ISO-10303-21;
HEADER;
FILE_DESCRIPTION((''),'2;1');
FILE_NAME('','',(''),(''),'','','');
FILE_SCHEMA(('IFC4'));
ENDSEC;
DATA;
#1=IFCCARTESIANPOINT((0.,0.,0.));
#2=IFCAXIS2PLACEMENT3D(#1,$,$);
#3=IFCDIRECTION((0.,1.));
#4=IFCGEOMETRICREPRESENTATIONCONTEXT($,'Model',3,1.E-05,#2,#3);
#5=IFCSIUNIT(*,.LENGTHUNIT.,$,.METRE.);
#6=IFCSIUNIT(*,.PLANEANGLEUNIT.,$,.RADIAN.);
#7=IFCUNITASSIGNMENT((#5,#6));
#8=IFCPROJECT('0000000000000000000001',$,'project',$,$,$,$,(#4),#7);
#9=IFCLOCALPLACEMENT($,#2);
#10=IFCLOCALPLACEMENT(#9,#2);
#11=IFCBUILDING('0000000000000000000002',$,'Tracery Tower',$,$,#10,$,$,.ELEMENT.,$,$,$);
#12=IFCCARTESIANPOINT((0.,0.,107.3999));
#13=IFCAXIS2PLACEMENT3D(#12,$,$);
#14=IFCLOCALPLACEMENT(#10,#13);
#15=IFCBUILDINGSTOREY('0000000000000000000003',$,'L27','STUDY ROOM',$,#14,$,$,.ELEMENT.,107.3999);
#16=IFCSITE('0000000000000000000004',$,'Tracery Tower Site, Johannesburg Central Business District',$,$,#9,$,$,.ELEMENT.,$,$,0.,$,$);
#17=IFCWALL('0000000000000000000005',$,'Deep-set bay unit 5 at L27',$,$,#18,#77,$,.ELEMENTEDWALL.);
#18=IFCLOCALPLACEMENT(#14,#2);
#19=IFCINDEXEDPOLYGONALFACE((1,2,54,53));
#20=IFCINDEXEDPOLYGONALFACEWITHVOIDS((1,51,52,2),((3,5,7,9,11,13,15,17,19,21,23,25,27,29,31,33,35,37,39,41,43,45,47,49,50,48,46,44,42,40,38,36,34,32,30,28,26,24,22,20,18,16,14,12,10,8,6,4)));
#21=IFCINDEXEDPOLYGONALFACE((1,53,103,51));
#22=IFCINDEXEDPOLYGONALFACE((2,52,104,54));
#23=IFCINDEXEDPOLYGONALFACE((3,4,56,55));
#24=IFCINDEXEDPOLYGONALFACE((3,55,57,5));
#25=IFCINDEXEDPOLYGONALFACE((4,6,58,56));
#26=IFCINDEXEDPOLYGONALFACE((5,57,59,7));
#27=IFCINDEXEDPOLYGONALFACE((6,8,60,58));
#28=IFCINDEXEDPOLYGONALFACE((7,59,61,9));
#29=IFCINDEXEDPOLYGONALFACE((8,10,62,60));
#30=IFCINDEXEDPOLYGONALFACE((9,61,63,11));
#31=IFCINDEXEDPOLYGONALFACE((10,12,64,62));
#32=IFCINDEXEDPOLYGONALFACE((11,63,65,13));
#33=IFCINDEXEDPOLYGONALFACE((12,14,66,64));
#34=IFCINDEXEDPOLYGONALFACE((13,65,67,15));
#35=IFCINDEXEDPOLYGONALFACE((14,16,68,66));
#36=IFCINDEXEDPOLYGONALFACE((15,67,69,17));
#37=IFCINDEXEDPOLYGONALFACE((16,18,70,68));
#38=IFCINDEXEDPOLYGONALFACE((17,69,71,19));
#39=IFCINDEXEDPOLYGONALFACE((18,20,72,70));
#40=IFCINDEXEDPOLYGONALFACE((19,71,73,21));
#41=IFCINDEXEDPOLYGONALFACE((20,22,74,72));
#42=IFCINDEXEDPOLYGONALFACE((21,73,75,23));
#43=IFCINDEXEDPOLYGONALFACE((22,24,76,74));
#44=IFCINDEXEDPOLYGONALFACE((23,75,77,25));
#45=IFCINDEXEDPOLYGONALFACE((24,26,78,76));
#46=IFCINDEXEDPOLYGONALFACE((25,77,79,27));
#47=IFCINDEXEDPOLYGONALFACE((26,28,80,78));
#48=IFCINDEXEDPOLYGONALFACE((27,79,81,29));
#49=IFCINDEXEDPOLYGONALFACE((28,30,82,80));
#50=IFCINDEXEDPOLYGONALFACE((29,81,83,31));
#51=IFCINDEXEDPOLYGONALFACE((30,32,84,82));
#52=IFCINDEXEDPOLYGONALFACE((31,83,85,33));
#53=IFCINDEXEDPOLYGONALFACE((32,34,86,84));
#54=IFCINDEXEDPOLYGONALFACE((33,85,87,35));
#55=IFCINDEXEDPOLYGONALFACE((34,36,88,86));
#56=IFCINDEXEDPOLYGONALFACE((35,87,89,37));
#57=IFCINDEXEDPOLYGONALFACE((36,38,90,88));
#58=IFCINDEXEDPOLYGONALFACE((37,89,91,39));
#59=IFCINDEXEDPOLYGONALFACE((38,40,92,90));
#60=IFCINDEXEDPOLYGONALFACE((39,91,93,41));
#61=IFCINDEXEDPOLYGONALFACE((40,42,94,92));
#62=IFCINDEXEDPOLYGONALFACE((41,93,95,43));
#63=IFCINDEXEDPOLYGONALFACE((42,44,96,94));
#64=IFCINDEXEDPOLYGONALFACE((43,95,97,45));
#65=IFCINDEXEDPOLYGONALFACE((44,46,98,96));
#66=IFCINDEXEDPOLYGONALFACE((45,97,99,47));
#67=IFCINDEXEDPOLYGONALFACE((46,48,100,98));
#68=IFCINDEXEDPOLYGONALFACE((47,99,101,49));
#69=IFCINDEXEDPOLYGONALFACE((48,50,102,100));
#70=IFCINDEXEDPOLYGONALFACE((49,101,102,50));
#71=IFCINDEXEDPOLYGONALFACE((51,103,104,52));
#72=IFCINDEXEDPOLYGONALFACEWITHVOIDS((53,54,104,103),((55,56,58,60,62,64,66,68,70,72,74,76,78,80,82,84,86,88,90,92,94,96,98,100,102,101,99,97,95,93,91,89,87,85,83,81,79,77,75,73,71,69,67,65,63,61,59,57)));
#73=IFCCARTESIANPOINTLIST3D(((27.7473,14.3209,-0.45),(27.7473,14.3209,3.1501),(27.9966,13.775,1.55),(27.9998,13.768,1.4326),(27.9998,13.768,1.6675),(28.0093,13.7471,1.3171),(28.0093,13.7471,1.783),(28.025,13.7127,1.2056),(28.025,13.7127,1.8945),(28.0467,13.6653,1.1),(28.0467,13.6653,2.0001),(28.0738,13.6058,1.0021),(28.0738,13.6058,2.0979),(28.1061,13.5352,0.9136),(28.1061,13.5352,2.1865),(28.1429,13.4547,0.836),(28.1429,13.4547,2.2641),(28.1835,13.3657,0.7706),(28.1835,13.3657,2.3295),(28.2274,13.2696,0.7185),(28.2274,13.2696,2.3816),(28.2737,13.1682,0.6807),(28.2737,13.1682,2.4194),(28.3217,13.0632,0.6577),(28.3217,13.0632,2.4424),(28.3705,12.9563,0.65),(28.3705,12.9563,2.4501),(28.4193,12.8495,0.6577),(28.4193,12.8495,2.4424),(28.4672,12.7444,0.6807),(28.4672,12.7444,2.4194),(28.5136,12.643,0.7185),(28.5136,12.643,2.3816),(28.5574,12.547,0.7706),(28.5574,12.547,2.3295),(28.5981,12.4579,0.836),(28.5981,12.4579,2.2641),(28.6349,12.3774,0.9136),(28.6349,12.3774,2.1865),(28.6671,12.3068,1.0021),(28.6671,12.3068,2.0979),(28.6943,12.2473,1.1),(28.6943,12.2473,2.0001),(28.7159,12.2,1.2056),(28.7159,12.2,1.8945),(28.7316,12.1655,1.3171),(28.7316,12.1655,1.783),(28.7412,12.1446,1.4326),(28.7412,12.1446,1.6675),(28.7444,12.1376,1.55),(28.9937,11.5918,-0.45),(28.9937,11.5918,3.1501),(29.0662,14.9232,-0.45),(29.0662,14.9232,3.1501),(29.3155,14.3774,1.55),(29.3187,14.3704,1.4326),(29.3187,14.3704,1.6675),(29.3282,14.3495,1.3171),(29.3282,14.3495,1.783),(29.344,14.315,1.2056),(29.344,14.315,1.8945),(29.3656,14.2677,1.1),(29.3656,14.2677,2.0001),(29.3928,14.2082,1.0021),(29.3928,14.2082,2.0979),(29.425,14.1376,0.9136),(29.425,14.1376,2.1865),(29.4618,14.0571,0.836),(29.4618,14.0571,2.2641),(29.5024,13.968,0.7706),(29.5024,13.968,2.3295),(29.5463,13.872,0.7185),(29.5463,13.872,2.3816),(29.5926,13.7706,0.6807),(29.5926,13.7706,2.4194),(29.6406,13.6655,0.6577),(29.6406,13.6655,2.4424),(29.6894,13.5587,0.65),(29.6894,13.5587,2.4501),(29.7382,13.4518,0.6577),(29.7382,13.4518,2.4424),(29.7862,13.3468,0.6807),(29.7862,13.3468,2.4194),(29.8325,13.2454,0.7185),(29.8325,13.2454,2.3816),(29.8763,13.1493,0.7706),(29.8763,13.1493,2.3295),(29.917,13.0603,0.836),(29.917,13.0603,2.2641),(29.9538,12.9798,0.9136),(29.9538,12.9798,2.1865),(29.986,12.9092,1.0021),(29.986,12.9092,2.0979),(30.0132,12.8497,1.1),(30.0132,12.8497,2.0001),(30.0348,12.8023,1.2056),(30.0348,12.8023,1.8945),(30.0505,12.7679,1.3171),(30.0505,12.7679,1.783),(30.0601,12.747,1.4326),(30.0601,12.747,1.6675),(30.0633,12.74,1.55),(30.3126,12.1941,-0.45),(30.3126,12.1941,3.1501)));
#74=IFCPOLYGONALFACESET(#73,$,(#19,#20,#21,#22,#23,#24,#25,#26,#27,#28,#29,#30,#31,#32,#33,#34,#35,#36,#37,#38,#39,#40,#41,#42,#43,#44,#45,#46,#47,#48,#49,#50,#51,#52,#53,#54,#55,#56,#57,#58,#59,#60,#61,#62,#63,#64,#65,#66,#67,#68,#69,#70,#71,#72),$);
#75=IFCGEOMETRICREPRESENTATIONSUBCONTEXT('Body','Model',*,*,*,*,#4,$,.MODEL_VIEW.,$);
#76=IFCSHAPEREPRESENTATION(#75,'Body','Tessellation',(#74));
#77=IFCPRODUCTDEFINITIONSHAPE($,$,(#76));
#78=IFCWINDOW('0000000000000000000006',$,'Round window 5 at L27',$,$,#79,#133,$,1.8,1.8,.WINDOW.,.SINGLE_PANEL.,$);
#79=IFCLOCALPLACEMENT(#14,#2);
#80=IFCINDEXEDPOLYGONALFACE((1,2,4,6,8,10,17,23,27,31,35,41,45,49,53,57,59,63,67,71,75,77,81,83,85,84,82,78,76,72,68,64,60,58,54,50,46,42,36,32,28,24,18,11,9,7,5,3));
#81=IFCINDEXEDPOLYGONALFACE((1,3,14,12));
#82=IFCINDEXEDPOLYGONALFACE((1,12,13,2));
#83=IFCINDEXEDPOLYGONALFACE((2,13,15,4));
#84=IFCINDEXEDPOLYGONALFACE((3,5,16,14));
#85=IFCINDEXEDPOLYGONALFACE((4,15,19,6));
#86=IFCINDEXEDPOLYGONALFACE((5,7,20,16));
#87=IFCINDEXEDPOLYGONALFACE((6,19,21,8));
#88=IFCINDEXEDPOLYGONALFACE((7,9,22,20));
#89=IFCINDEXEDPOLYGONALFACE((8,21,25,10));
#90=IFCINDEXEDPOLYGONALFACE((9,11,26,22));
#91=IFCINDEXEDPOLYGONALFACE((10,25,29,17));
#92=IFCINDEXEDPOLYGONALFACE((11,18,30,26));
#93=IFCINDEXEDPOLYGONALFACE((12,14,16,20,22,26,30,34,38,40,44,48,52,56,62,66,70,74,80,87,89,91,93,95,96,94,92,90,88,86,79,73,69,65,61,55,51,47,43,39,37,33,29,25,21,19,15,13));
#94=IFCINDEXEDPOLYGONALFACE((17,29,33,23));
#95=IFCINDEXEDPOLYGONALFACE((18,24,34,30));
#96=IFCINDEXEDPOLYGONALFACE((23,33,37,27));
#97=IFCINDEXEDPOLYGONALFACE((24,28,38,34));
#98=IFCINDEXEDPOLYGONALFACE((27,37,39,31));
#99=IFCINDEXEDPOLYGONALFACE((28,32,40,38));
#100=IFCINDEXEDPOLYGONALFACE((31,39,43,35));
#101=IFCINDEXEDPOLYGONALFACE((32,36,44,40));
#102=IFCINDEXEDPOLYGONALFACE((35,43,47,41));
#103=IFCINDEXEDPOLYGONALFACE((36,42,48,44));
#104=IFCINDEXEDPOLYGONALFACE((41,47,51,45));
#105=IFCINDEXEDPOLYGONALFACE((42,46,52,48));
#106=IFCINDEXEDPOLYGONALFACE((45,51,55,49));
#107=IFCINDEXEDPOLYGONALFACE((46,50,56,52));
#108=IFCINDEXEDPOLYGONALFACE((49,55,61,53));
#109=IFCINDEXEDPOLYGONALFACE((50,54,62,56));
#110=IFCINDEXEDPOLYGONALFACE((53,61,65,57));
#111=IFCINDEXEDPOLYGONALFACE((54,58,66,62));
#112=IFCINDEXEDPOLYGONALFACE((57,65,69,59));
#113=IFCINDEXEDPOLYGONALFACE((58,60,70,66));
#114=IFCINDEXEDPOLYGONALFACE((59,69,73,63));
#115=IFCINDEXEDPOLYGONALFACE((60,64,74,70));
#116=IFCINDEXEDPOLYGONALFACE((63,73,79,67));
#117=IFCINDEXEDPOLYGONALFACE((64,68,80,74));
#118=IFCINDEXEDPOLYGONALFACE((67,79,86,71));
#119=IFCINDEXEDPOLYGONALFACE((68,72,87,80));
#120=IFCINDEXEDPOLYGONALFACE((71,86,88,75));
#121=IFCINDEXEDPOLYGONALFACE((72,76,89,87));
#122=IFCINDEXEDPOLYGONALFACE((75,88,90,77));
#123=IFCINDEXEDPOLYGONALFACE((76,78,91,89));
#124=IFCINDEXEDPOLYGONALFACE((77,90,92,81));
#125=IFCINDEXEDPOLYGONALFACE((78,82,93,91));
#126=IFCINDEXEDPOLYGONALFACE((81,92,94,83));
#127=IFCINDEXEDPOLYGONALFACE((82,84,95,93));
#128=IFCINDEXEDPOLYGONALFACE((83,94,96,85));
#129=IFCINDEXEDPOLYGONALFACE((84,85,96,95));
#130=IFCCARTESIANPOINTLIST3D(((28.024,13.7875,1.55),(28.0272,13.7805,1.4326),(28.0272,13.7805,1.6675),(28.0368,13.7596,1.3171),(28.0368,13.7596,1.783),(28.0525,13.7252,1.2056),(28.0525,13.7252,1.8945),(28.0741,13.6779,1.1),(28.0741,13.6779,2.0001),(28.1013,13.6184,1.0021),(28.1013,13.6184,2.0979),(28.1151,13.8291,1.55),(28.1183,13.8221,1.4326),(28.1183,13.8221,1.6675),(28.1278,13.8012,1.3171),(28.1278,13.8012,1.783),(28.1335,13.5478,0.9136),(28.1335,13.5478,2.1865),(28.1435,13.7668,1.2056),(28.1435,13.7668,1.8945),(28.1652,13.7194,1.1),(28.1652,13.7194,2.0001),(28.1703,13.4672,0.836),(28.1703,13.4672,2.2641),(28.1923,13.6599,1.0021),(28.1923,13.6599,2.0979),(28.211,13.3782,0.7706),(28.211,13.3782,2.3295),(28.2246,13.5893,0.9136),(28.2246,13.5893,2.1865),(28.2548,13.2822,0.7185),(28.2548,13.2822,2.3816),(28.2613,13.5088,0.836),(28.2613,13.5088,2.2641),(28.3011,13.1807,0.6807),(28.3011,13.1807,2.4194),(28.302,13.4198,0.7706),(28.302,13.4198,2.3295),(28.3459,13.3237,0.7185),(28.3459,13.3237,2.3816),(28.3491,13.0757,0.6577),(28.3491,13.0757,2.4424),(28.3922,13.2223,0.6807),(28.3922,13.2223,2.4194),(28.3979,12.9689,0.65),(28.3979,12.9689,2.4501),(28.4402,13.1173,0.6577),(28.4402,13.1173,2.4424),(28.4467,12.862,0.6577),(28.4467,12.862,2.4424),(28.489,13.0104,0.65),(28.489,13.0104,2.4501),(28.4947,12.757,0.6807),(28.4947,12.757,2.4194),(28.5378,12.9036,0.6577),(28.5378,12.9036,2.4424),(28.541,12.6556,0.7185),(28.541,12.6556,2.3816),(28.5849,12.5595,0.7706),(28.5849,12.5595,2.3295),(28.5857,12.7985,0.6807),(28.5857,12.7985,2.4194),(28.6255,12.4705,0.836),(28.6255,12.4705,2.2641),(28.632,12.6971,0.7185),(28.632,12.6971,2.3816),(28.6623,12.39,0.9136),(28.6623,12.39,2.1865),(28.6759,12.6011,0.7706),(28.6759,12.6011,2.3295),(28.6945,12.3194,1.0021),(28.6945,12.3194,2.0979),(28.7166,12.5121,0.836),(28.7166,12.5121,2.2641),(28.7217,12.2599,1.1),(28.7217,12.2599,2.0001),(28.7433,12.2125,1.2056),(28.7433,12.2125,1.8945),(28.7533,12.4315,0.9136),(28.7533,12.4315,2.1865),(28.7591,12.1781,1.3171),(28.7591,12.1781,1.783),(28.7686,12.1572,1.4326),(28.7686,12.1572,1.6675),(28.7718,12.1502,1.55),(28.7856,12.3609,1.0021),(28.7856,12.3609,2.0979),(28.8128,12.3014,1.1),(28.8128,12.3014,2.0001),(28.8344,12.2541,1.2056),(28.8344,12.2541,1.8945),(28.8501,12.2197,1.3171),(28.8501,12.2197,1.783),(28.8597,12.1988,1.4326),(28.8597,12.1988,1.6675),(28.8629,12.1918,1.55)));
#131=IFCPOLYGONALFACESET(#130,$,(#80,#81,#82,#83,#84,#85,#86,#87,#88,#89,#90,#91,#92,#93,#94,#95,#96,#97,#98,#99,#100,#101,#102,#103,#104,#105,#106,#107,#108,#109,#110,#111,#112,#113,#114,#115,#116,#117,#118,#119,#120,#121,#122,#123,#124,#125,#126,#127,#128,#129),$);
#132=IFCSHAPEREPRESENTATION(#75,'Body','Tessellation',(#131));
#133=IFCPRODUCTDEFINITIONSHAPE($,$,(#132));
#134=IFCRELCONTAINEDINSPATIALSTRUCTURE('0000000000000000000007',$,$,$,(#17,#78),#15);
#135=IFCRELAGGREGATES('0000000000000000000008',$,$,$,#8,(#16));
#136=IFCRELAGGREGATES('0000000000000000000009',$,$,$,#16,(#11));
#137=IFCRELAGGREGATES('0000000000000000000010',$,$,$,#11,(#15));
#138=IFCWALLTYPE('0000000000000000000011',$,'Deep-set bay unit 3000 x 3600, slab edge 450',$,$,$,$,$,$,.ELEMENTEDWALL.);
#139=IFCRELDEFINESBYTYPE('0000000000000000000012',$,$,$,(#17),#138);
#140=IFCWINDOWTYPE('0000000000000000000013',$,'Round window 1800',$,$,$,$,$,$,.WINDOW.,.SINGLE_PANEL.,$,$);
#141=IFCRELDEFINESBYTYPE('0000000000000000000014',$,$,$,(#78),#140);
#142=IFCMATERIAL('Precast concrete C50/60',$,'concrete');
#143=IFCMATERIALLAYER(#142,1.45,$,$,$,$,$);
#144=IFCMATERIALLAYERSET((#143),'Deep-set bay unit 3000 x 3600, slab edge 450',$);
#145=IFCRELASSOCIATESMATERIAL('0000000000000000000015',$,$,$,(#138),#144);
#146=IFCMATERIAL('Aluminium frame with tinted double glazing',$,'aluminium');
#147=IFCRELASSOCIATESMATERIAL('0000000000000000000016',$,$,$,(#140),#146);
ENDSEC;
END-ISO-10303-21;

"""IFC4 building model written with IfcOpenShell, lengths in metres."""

from ifc_helpers import new_model, si_unit, direction, frame, frame_2d, origin, origin_2d, place, context, subcontext, project, spatial, rectangle, circle, extrude, material, layer, layer_set, type_object, element, fill, save


model = new_model("IFC4")

# Units and contexts
model_context = context("Model", 3, precision=1e-05, world=origin(), true_north=direction((0.0, 1.0)))
body_context = subcontext(model_context, "Body", "Model", "MODEL_VIEW")
ifc_project = project(units=[si_unit("LENGTHUNIT", "METRE"), si_unit("PLANEANGLEUNIT", "RADIAN")], contexts=[model_context])

# Site, building, storey
site_placement = place(None, origin())
site = spatial("IfcSite", under=ifc_project, at=site_placement, Name="Tracery Tower Site, Johannesburg Central Business District", CompositionType="ELEMENT", RefElevation=0.0)
building_placement = place(site_placement, origin())
building = spatial("IfcBuilding", under=site, at=building_placement, Name="Tracery Tower", CompositionType="ELEMENT")
storey_placement = place(building_placement, frame((0.0, 0.0, 107.3999)))
storey = spatial("IfcBuildingStorey", under=building, at=storey_placement, Name="L27", Description="STUDY ROOM", CompositionType="ELEMENT", Elevation=107.3999)

# Wall, opening, window
ifc_material_1 = material(Name="Precast concrete C50/60", Category="concrete")
ifc_layer_1 = layer(ifc_material_1, 1.45)
ifc_layer_set_1 = layer_set([ifc_layer_1], Name="Deep-set bay unit 3000 x 3600, slab edge 450")
wall_type_1 = type_object("IfcWallType", Name="Deep-set bay unit 3000 x 3600, slab edge 450", PredefinedType="ELEMENTEDWALL", material=ifc_layer_set_1)
ifc_material_2 = material(Name="Aluminium frame with tinted double glazing", Category="aluminium")
window_type = type_object("IfcWindowType", Name="Round window 1800", PartitioningType="SINGLE_PANEL", PredefinedType="WINDOW", material=ifc_material_2)
wall_1_placement = place(storey_placement, frame((29.6531, 11.8931, -0.45), z_axis=(0.0, 0.0, 1.0), x_axis=(-0.415427, 0.909627, 0.0)))
wall_1 = element("IfcWall", 1, at=wall_1_placement, inside=storey, type_object=wall_type_1, Name="Deep-set bay unit 5 at L27", PredefinedType="ELEMENTEDWALL", context=body_context, shape_type="SweptSolid", body=[
    extrude(rectangle(XDim=3.0002, YDim=1.45, at=frame_2d((1.5, 0.0))), origin(), (0.0, 0.0, 1.0), 3.6001),
])
opening_1_placement = place(wall_1_placement, frame((1.5, 0.0, 2.0)))
opening_1 = element("IfcOpeningElement", 2, at=opening_1_placement, cuts=wall_1, PredefinedType="OPENING", context=body_context, shape_type="SweptSolid", body=[
    extrude(circle(Radius=0.9, at=origin_2d()), frame((0.0, 0.7349, 0.0), z_axis=(0.0, -1.0, 0.0), x_axis=(1.0, 0.0, 0.0)), (0.0, 0.0, 1.0), 1.47),
])
window_1_placement = place(opening_1_placement, origin())
window_1 = element("IfcWindow", 3, at=window_1_placement, inside=storey, type_object=window_type, Name="Round window 5 at L27", OverallHeight=1.8, OverallWidth=1.8, PartitioningType="SINGLE_PANEL", PredefinedType="WINDOW", context=body_context, shape_type="SweptSolid", body=[
    extrude(circle(Radius=0.9, at=origin_2d()), frame((0.0, 0.6948, 0.0), z_axis=(0.0, -1.0, 0.0), x_axis=(1.0, 0.0, 0.0)), (0.0, 0.0, 1.0), 0.1001),
])
fill(opening_1, window_1)

save(model, "model.ifc")
